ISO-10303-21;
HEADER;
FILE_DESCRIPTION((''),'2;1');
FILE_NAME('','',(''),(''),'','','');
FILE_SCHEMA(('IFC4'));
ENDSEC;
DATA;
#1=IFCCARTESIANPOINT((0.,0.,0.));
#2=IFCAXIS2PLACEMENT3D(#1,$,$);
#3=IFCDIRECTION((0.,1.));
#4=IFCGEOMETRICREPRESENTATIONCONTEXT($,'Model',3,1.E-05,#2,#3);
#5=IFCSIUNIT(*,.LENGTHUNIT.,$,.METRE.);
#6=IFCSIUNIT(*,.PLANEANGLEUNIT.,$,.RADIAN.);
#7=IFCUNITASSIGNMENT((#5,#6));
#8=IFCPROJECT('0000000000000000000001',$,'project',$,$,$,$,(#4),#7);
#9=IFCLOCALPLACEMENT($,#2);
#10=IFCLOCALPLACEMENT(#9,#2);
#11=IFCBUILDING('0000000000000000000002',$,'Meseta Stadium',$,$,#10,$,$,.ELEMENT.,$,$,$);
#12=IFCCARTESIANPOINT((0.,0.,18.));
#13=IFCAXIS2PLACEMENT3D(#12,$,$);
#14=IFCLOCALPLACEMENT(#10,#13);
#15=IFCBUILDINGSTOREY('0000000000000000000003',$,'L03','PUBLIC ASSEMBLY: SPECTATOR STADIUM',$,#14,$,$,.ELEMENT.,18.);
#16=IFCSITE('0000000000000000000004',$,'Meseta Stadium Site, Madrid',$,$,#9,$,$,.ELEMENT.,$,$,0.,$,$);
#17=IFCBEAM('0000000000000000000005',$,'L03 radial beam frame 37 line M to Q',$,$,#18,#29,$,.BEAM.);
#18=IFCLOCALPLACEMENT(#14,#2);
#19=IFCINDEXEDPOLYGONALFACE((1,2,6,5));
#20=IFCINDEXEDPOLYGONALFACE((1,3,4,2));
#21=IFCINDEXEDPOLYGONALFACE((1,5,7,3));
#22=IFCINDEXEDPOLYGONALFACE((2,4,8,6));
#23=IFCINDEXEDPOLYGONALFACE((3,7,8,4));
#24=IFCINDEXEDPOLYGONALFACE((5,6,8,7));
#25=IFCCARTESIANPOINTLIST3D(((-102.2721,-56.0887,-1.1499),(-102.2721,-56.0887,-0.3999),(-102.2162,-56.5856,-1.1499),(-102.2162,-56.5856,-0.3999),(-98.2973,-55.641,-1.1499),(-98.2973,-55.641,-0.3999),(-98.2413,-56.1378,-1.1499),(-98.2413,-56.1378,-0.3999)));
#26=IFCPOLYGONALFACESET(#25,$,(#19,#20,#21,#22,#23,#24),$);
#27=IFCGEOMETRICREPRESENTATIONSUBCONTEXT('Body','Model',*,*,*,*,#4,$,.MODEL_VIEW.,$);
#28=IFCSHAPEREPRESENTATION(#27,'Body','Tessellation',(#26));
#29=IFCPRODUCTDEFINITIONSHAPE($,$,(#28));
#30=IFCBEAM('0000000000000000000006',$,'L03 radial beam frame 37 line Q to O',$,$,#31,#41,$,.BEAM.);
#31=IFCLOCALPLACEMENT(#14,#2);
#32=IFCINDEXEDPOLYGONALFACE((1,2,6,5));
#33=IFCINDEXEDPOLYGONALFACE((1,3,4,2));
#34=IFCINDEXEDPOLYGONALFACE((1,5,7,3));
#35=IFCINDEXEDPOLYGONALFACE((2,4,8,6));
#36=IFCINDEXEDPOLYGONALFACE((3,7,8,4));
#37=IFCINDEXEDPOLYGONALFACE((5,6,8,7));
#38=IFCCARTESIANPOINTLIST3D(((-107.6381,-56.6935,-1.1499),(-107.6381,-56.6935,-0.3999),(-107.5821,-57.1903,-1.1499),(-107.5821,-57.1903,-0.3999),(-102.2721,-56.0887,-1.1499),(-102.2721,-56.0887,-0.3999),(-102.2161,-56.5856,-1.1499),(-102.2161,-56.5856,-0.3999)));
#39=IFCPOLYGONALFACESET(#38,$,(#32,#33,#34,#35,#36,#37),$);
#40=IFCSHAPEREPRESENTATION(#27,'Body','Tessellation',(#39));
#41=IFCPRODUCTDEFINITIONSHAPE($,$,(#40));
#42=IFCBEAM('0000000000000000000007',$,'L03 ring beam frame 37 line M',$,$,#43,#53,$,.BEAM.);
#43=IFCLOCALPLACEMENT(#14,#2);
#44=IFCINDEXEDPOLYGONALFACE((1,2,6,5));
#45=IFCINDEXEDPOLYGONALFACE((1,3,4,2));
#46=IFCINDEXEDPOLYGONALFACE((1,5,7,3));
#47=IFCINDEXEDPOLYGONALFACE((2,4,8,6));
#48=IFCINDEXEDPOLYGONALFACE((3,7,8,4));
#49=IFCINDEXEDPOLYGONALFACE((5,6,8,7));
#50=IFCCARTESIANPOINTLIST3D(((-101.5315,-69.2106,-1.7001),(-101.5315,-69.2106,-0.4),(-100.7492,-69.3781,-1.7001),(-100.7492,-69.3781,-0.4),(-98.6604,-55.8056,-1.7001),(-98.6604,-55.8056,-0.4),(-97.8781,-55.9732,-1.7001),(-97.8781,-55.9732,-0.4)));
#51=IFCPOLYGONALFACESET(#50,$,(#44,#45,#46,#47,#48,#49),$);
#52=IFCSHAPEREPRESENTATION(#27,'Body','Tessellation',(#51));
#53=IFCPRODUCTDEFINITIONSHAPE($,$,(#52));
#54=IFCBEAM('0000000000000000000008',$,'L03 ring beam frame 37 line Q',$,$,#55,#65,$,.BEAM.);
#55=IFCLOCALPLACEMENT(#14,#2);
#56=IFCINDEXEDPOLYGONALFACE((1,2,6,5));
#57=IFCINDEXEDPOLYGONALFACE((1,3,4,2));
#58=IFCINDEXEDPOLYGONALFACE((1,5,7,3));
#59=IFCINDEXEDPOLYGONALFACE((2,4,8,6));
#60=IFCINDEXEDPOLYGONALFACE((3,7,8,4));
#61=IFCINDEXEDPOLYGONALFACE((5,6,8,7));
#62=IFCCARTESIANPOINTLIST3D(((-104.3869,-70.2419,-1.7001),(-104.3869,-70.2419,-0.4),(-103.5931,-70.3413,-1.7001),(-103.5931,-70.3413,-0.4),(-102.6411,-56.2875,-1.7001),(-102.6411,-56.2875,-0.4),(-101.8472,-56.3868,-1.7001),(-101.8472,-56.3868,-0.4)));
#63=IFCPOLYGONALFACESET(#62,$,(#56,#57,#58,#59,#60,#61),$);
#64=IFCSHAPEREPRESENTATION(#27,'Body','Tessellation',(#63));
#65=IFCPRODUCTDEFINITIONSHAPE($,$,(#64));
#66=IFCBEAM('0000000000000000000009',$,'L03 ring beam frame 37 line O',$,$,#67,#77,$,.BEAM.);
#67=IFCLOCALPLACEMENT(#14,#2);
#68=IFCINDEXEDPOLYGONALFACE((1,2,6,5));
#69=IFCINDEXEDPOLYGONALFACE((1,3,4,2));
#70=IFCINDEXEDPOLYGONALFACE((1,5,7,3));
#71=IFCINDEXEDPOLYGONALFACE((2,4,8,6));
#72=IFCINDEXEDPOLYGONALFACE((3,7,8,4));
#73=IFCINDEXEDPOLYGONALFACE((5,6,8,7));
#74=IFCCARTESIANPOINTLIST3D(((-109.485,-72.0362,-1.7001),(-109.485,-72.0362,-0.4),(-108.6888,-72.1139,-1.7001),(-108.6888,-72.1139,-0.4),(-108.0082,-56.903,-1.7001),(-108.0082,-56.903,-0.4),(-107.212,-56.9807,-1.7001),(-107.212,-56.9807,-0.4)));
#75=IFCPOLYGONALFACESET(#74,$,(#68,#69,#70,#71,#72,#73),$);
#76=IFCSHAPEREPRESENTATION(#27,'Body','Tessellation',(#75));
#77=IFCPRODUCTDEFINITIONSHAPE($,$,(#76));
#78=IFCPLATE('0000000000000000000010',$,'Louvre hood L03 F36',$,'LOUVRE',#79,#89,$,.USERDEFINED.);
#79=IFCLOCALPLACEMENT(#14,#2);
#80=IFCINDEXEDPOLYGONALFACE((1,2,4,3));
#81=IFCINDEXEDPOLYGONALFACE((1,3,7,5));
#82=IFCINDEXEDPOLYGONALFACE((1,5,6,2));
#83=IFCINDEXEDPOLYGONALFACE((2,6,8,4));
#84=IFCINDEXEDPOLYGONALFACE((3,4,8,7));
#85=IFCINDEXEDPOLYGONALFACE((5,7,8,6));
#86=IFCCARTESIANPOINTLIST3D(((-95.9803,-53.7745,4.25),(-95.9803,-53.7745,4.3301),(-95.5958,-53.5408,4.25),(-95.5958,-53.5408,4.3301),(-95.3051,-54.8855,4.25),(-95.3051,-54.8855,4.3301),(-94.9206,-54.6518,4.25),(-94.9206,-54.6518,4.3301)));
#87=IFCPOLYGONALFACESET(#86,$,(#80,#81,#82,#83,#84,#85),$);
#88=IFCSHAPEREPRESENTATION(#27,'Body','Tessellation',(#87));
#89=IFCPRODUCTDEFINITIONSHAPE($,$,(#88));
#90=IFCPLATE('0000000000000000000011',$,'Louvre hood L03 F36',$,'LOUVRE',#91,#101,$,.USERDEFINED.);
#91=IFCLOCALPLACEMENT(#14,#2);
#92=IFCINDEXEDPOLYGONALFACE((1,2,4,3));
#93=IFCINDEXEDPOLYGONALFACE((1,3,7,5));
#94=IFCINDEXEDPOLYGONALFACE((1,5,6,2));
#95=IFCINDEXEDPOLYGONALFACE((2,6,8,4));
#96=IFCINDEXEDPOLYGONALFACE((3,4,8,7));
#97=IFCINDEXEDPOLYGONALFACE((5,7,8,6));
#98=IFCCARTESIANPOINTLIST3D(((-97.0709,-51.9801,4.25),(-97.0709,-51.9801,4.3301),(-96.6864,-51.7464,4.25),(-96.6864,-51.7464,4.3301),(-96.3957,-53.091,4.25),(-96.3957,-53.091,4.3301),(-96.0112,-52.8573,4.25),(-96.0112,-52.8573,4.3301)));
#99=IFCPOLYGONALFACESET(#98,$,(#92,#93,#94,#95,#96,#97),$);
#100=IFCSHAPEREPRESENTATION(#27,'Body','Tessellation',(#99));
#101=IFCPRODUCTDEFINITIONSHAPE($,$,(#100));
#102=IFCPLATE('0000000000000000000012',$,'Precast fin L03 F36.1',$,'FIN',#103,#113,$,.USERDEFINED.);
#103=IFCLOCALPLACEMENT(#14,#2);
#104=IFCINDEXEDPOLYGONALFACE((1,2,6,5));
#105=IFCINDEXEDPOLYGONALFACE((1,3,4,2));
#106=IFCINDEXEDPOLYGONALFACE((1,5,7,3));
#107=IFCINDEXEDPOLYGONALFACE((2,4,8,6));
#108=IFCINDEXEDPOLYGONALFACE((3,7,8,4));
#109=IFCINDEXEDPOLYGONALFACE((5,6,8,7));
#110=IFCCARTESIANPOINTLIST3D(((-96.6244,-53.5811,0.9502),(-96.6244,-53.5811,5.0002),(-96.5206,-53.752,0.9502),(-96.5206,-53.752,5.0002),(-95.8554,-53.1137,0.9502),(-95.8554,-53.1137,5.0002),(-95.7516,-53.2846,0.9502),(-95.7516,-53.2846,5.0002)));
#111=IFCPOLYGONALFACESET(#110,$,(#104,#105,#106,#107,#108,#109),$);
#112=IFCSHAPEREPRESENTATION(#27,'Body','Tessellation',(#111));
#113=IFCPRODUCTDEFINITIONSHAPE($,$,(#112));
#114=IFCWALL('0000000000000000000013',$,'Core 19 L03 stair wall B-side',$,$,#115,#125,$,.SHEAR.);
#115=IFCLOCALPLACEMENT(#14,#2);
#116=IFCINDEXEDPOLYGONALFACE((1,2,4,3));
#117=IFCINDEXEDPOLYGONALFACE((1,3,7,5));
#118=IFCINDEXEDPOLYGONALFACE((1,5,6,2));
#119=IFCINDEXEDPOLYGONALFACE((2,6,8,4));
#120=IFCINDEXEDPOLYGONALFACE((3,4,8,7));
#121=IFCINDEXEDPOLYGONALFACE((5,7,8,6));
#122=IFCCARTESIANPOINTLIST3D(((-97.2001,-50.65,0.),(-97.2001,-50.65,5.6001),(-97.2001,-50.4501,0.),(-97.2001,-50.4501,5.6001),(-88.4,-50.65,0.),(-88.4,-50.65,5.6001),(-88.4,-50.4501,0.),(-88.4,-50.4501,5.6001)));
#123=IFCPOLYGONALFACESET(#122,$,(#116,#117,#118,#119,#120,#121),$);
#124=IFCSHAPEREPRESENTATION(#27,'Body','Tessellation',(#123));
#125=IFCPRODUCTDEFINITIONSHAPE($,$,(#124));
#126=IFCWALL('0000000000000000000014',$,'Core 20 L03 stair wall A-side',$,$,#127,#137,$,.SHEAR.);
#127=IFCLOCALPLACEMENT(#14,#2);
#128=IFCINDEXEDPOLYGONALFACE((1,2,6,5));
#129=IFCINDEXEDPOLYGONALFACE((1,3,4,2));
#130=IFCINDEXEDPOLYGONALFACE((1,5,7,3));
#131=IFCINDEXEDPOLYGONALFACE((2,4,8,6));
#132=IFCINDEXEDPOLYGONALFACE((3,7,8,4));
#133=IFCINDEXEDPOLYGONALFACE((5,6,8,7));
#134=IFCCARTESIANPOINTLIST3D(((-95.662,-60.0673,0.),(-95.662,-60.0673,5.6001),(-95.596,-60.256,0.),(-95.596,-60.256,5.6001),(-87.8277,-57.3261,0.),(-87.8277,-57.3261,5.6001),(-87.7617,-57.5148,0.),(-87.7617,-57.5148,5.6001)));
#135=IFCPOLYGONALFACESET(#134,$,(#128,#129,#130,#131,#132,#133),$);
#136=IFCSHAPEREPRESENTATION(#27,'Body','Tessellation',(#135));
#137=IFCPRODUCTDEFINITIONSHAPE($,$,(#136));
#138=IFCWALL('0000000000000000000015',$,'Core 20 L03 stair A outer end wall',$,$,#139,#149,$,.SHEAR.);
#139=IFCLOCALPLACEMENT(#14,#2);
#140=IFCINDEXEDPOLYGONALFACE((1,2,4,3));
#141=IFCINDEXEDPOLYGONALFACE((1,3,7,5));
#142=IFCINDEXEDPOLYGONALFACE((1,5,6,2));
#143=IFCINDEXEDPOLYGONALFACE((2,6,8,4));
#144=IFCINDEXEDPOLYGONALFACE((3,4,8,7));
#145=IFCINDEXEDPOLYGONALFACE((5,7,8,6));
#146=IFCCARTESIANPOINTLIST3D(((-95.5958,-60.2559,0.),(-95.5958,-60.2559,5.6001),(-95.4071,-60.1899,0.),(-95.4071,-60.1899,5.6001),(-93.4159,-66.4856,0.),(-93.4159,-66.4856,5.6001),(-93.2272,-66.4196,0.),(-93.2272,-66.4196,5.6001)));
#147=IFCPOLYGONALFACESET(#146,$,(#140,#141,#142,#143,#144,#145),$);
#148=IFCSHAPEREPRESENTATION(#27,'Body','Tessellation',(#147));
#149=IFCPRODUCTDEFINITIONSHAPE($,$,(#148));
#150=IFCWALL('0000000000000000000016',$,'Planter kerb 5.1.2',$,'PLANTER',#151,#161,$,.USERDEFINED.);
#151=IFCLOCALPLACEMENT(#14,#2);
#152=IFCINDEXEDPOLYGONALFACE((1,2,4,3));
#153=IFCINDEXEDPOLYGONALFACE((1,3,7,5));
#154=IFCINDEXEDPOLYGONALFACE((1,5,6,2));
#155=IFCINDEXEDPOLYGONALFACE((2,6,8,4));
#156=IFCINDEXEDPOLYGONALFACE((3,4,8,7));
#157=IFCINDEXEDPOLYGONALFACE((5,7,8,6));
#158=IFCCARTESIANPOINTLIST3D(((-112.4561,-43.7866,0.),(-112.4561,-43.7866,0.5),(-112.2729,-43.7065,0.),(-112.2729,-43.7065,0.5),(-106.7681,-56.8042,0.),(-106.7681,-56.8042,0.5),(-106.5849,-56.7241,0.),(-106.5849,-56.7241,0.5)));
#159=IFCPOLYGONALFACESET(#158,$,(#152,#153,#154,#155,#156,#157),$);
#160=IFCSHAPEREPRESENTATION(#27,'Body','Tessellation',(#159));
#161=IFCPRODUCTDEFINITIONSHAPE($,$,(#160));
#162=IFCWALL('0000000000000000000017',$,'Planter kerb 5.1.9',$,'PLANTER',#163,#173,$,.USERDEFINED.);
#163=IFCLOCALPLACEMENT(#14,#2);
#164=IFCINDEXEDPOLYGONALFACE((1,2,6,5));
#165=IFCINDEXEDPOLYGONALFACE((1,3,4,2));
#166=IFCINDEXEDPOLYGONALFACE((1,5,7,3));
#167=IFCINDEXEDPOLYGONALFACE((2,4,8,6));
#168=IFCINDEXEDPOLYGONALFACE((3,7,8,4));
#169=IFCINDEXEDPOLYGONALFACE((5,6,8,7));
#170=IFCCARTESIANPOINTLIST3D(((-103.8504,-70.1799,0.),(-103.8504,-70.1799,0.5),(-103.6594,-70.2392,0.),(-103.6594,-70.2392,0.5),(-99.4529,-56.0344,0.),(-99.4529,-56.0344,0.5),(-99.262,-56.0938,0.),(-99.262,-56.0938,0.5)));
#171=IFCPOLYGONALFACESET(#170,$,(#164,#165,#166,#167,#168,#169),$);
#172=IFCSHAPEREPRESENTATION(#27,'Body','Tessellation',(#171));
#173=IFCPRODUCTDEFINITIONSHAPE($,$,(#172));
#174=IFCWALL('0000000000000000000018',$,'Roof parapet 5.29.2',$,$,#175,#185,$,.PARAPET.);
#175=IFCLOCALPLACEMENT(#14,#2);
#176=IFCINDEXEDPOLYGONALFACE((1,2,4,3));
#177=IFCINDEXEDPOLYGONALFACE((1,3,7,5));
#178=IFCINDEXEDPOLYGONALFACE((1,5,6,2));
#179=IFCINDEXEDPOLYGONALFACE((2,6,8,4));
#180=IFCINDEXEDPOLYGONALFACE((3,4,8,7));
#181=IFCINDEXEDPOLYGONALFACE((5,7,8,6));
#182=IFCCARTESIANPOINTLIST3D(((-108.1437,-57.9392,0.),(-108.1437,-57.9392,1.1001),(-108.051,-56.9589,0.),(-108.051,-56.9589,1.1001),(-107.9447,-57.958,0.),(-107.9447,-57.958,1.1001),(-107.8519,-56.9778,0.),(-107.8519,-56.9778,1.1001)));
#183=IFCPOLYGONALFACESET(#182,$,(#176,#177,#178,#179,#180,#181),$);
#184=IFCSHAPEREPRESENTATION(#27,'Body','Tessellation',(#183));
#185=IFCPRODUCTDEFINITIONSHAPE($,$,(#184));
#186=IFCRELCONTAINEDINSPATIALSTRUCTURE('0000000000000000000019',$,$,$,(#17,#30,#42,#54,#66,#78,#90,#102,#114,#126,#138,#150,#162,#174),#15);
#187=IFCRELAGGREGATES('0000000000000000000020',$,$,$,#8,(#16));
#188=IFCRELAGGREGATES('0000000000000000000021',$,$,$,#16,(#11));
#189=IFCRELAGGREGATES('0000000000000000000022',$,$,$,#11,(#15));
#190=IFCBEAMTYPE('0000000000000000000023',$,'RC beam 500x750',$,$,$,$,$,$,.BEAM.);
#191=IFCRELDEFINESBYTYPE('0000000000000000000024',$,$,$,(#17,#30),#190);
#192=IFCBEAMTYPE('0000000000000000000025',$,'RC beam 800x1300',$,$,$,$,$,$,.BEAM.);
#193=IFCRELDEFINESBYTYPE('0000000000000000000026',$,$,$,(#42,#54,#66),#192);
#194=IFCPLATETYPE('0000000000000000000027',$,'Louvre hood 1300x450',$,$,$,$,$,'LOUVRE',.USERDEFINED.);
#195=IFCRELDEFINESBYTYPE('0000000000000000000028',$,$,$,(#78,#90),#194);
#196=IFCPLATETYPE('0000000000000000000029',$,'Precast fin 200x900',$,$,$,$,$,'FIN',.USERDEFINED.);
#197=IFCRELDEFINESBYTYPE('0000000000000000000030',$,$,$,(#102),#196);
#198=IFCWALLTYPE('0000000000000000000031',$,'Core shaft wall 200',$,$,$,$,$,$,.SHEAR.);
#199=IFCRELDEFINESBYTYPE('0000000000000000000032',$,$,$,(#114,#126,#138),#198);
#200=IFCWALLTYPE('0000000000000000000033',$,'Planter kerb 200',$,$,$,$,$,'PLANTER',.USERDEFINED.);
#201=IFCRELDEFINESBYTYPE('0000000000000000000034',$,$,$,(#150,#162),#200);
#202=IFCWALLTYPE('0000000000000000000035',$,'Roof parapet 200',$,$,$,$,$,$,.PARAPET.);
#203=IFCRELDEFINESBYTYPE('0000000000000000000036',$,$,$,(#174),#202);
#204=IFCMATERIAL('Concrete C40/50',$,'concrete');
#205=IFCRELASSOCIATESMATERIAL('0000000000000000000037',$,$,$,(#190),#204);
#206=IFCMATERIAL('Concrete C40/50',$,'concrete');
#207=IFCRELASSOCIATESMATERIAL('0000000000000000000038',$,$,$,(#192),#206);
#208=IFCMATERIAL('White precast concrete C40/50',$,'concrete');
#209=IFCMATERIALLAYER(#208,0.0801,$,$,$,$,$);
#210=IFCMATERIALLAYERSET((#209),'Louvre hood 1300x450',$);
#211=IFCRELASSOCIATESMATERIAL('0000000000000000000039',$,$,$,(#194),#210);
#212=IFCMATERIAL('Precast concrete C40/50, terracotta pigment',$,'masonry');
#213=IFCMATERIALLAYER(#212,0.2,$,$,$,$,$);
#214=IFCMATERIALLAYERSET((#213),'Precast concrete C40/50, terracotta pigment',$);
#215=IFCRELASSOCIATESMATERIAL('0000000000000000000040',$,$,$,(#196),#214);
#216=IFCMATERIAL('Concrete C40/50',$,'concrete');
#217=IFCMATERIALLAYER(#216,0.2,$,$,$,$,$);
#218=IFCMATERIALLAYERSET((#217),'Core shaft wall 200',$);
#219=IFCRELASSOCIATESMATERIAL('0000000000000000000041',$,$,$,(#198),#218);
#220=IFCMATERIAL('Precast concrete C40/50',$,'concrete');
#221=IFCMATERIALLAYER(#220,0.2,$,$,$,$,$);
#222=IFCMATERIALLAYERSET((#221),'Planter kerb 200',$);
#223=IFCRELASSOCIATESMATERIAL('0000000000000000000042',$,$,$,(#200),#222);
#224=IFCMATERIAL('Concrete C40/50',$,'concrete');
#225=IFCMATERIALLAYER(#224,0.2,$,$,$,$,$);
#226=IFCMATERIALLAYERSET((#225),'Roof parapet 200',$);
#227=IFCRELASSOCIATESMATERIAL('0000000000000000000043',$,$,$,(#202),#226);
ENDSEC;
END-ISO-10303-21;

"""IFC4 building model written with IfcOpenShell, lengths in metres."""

from ifc_helpers import new_model, si_unit, direction, frame, frame_2d, origin, origin_2d, place, context, subcontext, project, spatial, rectangle, extrude, material, layer, layer_set, material_profile, profile_set, type_object, element, save


model = new_model("IFC4")

# Units and contexts
model_context = context("Model", 3, precision=1e-05, world=origin(), true_north=direction((0.0, 1.0)))
body_context = subcontext(model_context, "Body", "Model", "MODEL_VIEW")
ifc_project = project(units=[si_unit("LENGTHUNIT", "METRE"), si_unit("PLANEANGLEUNIT", "RADIAN")], contexts=[model_context])

# Site, building, storey
site_placement = place(None, origin())
site = spatial("IfcSite", under=ifc_project, at=site_placement, Name="Meseta Stadium Site, Madrid", CompositionType="ELEMENT", RefElevation=0.0)
building_placement = place(site_placement, origin())
building = spatial("IfcBuilding", under=site, at=building_placement, Name="Meseta Stadium", CompositionType="ELEMENT")
storey_placement = place(building_placement, frame((0.0, 0.0, 18.0)))
storey = spatial("IfcBuildingStorey", under=building, at=storey_placement, Name="L03", Description="PUBLIC ASSEMBLY: SPECTATOR STADIUM", CompositionType="ELEMENT", Elevation=18.0)

# Beams
ifc_material_1 = material(Name="Concrete C40/50", Category="concrete")
ifc_material_profile_1 = material_profile(ifc_material_1, rectangle(XDim=0.5, YDim=0.75, at=origin_2d()), Name="RC 500x750")
ifc_profile_set_1 = profile_set([ifc_material_profile_1], Name="Concrete C40/50")
beam_type_1 = type_object("IfcBeamType", Name="RC beam 500x750", PredefinedType="BEAM", material=ifc_profile_set_1)
beam_1_placement = place(storey_placement, frame((-98.2693, -55.8894, -0.7749), z_axis=(-0.993715, -0.111939, 0.0), x_axis=(0.111939, -0.993715, 0.0)))
element("IfcBeam", 1, at=beam_1_placement, inside=storey, type_object=beam_type_1, Name="L03 radial beam frame 37 line M to Q", PredefinedType="BEAM", context=body_context, shape_type="SweptSolid", body=[
    extrude(rectangle(XDim=0.5, YDim=0.75, at=origin_2d()), origin(), (0.0, 0.0, 1.0), 4.0),
])
beam_2_placement = place(storey_placement, frame((-102.2441, -56.3372, -0.7749), z_axis=(-0.993709, -0.11199, 0.0), x_axis=(0.11199, -0.993709, 0.0)))
element("IfcBeam", 2, at=beam_2_placement, inside=storey, type_object=beam_type_1, Name="L03 radial beam frame 37 line Q to O", PredefinedType="BEAM", context=body_context, shape_type="SweptSolid", body=[
    extrude(rectangle(XDim=0.5, YDim=0.75, at=origin_2d()), origin(), (0.0, 0.0, 1.0), 5.3999),
])
ifc_material_2 = material(Name="Concrete C40/50", Category="concrete")
ifc_material_profile_2 = material_profile(ifc_material_2, rectangle(XDim=0.8, YDim=1.3, at=origin_2d()), Name="RC 800x1300")
ifc_profile_set_2 = profile_set([ifc_material_profile_2], Name="Concrete C40/50")
beam_type_2 = type_object("IfcBeamType", Name="RC beam 800x1300", PredefinedType="BEAM", material=ifc_profile_set_2)
beam_3_placement = place(storey_placement, frame((-98.2693, -55.8894, -1.05), z_axis=(-0.209431, -0.977824, 0.0), x_axis=(0.977824, -0.209431, 0.0)))
element("IfcBeam", 3, at=beam_3_placement, inside=storey, type_object=beam_type_2, Name="L03 ring beam frame 37 line M", PredefinedType="BEAM", context=body_context, shape_type="SweptSolid", body=[
    extrude(rectangle(XDim=0.8, YDim=1.3, at=origin_2d()), origin(), (0.0, 0.0, 1.0), 13.709),
])
beam_4_placement = place(storey_placement, frame((-102.2441, -56.3372, -1.05), z_axis=(-0.124144, -0.992264, 0.0), x_axis=(0.992264, -0.124144, 0.0)))
element("IfcBeam", 4, at=beam_4_placement, inside=storey, type_object=beam_type_2, Name="L03 ring beam frame 37 line Q", PredefinedType="BEAM", context=body_context, shape_type="SweptSolid", body=[
    extrude(rectangle(XDim=0.8, YDim=1.3, at=origin_2d()), origin(), (0.0, 0.0, 1.0), 14.0632),
])
beam_5_placement = place(storey_placement, frame((-107.6101, -56.9419, -1.05), z_axis=(-0.097125, -0.995272, 0.0), x_axis=(0.995272, -0.097125, 0.0)))
element("IfcBeam", 5, at=beam_5_placement, inside=storey, type_object=beam_type_2, Name="L03 ring beam frame 37 line O", PredefinedType="BEAM", context=body_context, shape_type="SweptSolid", body=[
    extrude(rectangle(XDim=0.8, YDim=1.3, at=origin_2d()), origin(), (0.0, 0.0, 1.0), 15.2051),
])

# Plates
ifc_material_3 = material(Name="White precast concrete C40/50", Category="concrete")
ifc_layer_1 = layer(ifc_material_3, 0.0801)
ifc_layer_set_1 = layer_set([ifc_layer_1], Name="Louvre hood 1300x450")
plate_type_1 = type_object("IfcPlateType", Name="Louvre hood 1300x450", ElementType="LOUVRE", PredefinedType="USERDEFINED", material=ifc_layer_set_1)
for number, where, z_axis, x_axis, name in (
    (6, (-95.4504, -54.2131, 4.25), (0.0, 0.0, 1.0), (0.519362, -0.854554, 0.0), "Louvre hood L03 F36"),
    (7, (-96.541, -52.4187, 4.25), (0.0, 0.0, 1.0), (0.519362, -0.854554, 0.0), "Louvre hood L03 F36"),
):
    element("IfcPlate", number, at=place(storey_placement, frame(where, z_axis=z_axis, x_axis=x_axis)), inside=storey, type_object=plate_type_1, Name=name, ObjectType="LOUVRE", PredefinedType="USERDEFINED", context=body_context, shape_type="SweptSolid", body=[
        extrude(rectangle(XDim=1.3, YDim=0.45, at=origin_2d()), origin(), (0.0, 0.0, 1.0), 0.0801),
    ])
ifc_material_4 = material(Name="Precast concrete C40/50, terracotta pigment", Category="masonry")
ifc_layer_2 = layer(ifc_material_4, 0.2)
ifc_layer_set_2 = layer_set([ifc_layer_2], Name="Precast concrete C40/50, terracotta pigment")
plate_type_2 = type_object("IfcPlateType", Name="Precast fin 200x900", ElementType="FIN", PredefinedType="USERDEFINED", material=ifc_layer_set_2)
plate_placement = place(storey_placement, frame((-96.188, -53.4329, 0.9502), z_axis=(0.0, 0.0, 1.0), x_axis=(-0.519363, 0.854554, 0.0)))
element("IfcPlate", 8, at=plate_placement, inside=storey, type_object=plate_type_2, Name="Precast fin L03 F36.1", ObjectType="FIN", PredefinedType="USERDEFINED", context=body_context, shape_type="SweptSolid", body=[
    extrude(rectangle(XDim=0.2, YDim=0.8999, at=origin_2d()), origin(), (0.0, 0.0, 1.0), 4.05),
])

# Walls
ifc_material_5 = material(Name="Concrete C40/50", Category="concrete")
ifc_layer_3 = layer(ifc_material_5, 0.2)
ifc_layer_set_3 = layer_set([ifc_layer_3], Name="Core shaft wall 200")
wall_type_1 = type_object("IfcWallType", Name="Core shaft wall 200", PredefinedType="SHEAR", material=ifc_layer_set_3)
wall_1_placement = place(storey_placement, frame((-97.2, -50.55, 0.0), z_axis=(0.0, 0.0, 1.0), x_axis=(1.0, 0.0, 0.0)))
element("IfcWall", 9, at=wall_1_placement, inside=storey, type_object=wall_type_1, Name="Core 19 L03 stair wall B-side", PredefinedType="SHEAR", context=body_context, shape_type="SweptSolid", body=[
    extrude(rectangle(XDim=8.8, YDim=0.2, at=frame_2d((4.3999, 0.0))), origin(), (0.0, 0.0, 1.0), 5.6001),
])
wall_2_placement = place(storey_placement, frame((-95.6289, -60.1616, 0.0), z_axis=(0.0, 0.0, 1.0), x_axis=(0.943887, 0.330268, 0.0)))
element("IfcWall", 10, at=wall_2_placement, inside=storey, type_object=wall_type_1, Name="Core 20 L03 stair wall A-side", PredefinedType="SHEAR", context=body_context, shape_type="SweptSolid", body=[
    extrude(rectangle(XDim=8.3, YDim=0.2, at=frame_2d((4.1499, 0.0))), origin(), (0.0, 0.0, 1.0), 5.6001),
])
wall_3_placement = place(storey_placement, frame((-95.5015, -60.2229, 0.0), z_axis=(0.0, 0.0, 1.0), x_axis=(0.330286, -0.943881, 0.0)))
element("IfcWall", 11, at=wall_3_placement, inside=storey, type_object=wall_type_1, Name="Core 20 L03 stair A outer end wall", PredefinedType="SHEAR", context=body_context, shape_type="SweptSolid", body=[
    extrude(rectangle(XDim=6.6001, YDim=0.2, at=frame_2d((3.3, 0.0))), origin(), (0.0, 0.0, 1.0), 5.6001),
])
ifc_material_6 = material(Name="Precast concrete C40/50", Category="concrete")
ifc_layer_4 = layer(ifc_material_6, 0.2)
ifc_layer_set_4 = layer_set([ifc_layer_4], Name="Planter kerb 200")
wall_type_2 = type_object("IfcWallType", Name="Planter kerb 200", ElementType="PLANTER", PredefinedType="USERDEFINED", material=ifc_layer_set_4)
wall_4_placement = place(storey_placement, frame((-106.6765, -56.7642, 0.0), z_axis=(0.0, 0.0, 1.0), x_axis=(-0.400393, 0.916343, 0.0)))
element("IfcWall", 12, at=wall_4_placement, inside=storey, type_object=wall_type_2, Name="Planter kerb 5.1.2", ObjectType="PLANTER", PredefinedType="USERDEFINED", context=body_context, shape_type="SweptSolid", body=[
    extrude(rectangle(XDim=14.2061, YDim=0.2, at=frame_2d((7.103, 0.0))), origin(), (0.0, 0.0, 1.0), 0.5),
])
wall_5_placement = place(storey_placement, frame((-99.3574, -56.064, 0.0), z_axis=(0.0, 0.0, 1.0), x_axis=(-0.29686, -0.954921, 0.0)))
element("IfcWall", 13, at=wall_5_placement, inside=storey, type_object=wall_type_2, Name="Planter kerb 5.1.9", ObjectType="PLANTER", PredefinedType="USERDEFINED", context=body_context, shape_type="SweptSolid", body=[
    extrude(rectangle(XDim=14.8132, YDim=0.2, at=frame_2d((7.4067, 0.0))), origin(), (0.0, 0.0, 1.0), 0.5),
])
ifc_material_7 = material(Name="Concrete C40/50", Category="concrete")
ifc_layer_5 = layer(ifc_material_7, 0.2)
ifc_layer_set_5 = layer_set([ifc_layer_5], Name="Roof parapet 200")
wall_type_3 = type_object("IfcWallType", Name="Roof parapet 200", PredefinedType="PARAPET", material=ifc_layer_set_5)
wall_6_placement = place(storey_placement, frame((-108.0442, -57.9485, 0.0), z_axis=(0.0, 0.0, 1.0), x_axis=(0.094224, 0.995551, 0.0)))
element("IfcWall", 14, at=wall_6_placement, inside=storey, type_object=wall_type_3, Name="Roof parapet 5.29.2", PredefinedType="PARAPET", context=body_context, shape_type="SweptSolid", body=[
    extrude(rectangle(XDim=0.9846, YDim=0.2, at=frame_2d((0.4922, 0.0))), origin(), (0.0, 0.0, 1.0), 1.1001),
])

save(model, "model.ifc")
